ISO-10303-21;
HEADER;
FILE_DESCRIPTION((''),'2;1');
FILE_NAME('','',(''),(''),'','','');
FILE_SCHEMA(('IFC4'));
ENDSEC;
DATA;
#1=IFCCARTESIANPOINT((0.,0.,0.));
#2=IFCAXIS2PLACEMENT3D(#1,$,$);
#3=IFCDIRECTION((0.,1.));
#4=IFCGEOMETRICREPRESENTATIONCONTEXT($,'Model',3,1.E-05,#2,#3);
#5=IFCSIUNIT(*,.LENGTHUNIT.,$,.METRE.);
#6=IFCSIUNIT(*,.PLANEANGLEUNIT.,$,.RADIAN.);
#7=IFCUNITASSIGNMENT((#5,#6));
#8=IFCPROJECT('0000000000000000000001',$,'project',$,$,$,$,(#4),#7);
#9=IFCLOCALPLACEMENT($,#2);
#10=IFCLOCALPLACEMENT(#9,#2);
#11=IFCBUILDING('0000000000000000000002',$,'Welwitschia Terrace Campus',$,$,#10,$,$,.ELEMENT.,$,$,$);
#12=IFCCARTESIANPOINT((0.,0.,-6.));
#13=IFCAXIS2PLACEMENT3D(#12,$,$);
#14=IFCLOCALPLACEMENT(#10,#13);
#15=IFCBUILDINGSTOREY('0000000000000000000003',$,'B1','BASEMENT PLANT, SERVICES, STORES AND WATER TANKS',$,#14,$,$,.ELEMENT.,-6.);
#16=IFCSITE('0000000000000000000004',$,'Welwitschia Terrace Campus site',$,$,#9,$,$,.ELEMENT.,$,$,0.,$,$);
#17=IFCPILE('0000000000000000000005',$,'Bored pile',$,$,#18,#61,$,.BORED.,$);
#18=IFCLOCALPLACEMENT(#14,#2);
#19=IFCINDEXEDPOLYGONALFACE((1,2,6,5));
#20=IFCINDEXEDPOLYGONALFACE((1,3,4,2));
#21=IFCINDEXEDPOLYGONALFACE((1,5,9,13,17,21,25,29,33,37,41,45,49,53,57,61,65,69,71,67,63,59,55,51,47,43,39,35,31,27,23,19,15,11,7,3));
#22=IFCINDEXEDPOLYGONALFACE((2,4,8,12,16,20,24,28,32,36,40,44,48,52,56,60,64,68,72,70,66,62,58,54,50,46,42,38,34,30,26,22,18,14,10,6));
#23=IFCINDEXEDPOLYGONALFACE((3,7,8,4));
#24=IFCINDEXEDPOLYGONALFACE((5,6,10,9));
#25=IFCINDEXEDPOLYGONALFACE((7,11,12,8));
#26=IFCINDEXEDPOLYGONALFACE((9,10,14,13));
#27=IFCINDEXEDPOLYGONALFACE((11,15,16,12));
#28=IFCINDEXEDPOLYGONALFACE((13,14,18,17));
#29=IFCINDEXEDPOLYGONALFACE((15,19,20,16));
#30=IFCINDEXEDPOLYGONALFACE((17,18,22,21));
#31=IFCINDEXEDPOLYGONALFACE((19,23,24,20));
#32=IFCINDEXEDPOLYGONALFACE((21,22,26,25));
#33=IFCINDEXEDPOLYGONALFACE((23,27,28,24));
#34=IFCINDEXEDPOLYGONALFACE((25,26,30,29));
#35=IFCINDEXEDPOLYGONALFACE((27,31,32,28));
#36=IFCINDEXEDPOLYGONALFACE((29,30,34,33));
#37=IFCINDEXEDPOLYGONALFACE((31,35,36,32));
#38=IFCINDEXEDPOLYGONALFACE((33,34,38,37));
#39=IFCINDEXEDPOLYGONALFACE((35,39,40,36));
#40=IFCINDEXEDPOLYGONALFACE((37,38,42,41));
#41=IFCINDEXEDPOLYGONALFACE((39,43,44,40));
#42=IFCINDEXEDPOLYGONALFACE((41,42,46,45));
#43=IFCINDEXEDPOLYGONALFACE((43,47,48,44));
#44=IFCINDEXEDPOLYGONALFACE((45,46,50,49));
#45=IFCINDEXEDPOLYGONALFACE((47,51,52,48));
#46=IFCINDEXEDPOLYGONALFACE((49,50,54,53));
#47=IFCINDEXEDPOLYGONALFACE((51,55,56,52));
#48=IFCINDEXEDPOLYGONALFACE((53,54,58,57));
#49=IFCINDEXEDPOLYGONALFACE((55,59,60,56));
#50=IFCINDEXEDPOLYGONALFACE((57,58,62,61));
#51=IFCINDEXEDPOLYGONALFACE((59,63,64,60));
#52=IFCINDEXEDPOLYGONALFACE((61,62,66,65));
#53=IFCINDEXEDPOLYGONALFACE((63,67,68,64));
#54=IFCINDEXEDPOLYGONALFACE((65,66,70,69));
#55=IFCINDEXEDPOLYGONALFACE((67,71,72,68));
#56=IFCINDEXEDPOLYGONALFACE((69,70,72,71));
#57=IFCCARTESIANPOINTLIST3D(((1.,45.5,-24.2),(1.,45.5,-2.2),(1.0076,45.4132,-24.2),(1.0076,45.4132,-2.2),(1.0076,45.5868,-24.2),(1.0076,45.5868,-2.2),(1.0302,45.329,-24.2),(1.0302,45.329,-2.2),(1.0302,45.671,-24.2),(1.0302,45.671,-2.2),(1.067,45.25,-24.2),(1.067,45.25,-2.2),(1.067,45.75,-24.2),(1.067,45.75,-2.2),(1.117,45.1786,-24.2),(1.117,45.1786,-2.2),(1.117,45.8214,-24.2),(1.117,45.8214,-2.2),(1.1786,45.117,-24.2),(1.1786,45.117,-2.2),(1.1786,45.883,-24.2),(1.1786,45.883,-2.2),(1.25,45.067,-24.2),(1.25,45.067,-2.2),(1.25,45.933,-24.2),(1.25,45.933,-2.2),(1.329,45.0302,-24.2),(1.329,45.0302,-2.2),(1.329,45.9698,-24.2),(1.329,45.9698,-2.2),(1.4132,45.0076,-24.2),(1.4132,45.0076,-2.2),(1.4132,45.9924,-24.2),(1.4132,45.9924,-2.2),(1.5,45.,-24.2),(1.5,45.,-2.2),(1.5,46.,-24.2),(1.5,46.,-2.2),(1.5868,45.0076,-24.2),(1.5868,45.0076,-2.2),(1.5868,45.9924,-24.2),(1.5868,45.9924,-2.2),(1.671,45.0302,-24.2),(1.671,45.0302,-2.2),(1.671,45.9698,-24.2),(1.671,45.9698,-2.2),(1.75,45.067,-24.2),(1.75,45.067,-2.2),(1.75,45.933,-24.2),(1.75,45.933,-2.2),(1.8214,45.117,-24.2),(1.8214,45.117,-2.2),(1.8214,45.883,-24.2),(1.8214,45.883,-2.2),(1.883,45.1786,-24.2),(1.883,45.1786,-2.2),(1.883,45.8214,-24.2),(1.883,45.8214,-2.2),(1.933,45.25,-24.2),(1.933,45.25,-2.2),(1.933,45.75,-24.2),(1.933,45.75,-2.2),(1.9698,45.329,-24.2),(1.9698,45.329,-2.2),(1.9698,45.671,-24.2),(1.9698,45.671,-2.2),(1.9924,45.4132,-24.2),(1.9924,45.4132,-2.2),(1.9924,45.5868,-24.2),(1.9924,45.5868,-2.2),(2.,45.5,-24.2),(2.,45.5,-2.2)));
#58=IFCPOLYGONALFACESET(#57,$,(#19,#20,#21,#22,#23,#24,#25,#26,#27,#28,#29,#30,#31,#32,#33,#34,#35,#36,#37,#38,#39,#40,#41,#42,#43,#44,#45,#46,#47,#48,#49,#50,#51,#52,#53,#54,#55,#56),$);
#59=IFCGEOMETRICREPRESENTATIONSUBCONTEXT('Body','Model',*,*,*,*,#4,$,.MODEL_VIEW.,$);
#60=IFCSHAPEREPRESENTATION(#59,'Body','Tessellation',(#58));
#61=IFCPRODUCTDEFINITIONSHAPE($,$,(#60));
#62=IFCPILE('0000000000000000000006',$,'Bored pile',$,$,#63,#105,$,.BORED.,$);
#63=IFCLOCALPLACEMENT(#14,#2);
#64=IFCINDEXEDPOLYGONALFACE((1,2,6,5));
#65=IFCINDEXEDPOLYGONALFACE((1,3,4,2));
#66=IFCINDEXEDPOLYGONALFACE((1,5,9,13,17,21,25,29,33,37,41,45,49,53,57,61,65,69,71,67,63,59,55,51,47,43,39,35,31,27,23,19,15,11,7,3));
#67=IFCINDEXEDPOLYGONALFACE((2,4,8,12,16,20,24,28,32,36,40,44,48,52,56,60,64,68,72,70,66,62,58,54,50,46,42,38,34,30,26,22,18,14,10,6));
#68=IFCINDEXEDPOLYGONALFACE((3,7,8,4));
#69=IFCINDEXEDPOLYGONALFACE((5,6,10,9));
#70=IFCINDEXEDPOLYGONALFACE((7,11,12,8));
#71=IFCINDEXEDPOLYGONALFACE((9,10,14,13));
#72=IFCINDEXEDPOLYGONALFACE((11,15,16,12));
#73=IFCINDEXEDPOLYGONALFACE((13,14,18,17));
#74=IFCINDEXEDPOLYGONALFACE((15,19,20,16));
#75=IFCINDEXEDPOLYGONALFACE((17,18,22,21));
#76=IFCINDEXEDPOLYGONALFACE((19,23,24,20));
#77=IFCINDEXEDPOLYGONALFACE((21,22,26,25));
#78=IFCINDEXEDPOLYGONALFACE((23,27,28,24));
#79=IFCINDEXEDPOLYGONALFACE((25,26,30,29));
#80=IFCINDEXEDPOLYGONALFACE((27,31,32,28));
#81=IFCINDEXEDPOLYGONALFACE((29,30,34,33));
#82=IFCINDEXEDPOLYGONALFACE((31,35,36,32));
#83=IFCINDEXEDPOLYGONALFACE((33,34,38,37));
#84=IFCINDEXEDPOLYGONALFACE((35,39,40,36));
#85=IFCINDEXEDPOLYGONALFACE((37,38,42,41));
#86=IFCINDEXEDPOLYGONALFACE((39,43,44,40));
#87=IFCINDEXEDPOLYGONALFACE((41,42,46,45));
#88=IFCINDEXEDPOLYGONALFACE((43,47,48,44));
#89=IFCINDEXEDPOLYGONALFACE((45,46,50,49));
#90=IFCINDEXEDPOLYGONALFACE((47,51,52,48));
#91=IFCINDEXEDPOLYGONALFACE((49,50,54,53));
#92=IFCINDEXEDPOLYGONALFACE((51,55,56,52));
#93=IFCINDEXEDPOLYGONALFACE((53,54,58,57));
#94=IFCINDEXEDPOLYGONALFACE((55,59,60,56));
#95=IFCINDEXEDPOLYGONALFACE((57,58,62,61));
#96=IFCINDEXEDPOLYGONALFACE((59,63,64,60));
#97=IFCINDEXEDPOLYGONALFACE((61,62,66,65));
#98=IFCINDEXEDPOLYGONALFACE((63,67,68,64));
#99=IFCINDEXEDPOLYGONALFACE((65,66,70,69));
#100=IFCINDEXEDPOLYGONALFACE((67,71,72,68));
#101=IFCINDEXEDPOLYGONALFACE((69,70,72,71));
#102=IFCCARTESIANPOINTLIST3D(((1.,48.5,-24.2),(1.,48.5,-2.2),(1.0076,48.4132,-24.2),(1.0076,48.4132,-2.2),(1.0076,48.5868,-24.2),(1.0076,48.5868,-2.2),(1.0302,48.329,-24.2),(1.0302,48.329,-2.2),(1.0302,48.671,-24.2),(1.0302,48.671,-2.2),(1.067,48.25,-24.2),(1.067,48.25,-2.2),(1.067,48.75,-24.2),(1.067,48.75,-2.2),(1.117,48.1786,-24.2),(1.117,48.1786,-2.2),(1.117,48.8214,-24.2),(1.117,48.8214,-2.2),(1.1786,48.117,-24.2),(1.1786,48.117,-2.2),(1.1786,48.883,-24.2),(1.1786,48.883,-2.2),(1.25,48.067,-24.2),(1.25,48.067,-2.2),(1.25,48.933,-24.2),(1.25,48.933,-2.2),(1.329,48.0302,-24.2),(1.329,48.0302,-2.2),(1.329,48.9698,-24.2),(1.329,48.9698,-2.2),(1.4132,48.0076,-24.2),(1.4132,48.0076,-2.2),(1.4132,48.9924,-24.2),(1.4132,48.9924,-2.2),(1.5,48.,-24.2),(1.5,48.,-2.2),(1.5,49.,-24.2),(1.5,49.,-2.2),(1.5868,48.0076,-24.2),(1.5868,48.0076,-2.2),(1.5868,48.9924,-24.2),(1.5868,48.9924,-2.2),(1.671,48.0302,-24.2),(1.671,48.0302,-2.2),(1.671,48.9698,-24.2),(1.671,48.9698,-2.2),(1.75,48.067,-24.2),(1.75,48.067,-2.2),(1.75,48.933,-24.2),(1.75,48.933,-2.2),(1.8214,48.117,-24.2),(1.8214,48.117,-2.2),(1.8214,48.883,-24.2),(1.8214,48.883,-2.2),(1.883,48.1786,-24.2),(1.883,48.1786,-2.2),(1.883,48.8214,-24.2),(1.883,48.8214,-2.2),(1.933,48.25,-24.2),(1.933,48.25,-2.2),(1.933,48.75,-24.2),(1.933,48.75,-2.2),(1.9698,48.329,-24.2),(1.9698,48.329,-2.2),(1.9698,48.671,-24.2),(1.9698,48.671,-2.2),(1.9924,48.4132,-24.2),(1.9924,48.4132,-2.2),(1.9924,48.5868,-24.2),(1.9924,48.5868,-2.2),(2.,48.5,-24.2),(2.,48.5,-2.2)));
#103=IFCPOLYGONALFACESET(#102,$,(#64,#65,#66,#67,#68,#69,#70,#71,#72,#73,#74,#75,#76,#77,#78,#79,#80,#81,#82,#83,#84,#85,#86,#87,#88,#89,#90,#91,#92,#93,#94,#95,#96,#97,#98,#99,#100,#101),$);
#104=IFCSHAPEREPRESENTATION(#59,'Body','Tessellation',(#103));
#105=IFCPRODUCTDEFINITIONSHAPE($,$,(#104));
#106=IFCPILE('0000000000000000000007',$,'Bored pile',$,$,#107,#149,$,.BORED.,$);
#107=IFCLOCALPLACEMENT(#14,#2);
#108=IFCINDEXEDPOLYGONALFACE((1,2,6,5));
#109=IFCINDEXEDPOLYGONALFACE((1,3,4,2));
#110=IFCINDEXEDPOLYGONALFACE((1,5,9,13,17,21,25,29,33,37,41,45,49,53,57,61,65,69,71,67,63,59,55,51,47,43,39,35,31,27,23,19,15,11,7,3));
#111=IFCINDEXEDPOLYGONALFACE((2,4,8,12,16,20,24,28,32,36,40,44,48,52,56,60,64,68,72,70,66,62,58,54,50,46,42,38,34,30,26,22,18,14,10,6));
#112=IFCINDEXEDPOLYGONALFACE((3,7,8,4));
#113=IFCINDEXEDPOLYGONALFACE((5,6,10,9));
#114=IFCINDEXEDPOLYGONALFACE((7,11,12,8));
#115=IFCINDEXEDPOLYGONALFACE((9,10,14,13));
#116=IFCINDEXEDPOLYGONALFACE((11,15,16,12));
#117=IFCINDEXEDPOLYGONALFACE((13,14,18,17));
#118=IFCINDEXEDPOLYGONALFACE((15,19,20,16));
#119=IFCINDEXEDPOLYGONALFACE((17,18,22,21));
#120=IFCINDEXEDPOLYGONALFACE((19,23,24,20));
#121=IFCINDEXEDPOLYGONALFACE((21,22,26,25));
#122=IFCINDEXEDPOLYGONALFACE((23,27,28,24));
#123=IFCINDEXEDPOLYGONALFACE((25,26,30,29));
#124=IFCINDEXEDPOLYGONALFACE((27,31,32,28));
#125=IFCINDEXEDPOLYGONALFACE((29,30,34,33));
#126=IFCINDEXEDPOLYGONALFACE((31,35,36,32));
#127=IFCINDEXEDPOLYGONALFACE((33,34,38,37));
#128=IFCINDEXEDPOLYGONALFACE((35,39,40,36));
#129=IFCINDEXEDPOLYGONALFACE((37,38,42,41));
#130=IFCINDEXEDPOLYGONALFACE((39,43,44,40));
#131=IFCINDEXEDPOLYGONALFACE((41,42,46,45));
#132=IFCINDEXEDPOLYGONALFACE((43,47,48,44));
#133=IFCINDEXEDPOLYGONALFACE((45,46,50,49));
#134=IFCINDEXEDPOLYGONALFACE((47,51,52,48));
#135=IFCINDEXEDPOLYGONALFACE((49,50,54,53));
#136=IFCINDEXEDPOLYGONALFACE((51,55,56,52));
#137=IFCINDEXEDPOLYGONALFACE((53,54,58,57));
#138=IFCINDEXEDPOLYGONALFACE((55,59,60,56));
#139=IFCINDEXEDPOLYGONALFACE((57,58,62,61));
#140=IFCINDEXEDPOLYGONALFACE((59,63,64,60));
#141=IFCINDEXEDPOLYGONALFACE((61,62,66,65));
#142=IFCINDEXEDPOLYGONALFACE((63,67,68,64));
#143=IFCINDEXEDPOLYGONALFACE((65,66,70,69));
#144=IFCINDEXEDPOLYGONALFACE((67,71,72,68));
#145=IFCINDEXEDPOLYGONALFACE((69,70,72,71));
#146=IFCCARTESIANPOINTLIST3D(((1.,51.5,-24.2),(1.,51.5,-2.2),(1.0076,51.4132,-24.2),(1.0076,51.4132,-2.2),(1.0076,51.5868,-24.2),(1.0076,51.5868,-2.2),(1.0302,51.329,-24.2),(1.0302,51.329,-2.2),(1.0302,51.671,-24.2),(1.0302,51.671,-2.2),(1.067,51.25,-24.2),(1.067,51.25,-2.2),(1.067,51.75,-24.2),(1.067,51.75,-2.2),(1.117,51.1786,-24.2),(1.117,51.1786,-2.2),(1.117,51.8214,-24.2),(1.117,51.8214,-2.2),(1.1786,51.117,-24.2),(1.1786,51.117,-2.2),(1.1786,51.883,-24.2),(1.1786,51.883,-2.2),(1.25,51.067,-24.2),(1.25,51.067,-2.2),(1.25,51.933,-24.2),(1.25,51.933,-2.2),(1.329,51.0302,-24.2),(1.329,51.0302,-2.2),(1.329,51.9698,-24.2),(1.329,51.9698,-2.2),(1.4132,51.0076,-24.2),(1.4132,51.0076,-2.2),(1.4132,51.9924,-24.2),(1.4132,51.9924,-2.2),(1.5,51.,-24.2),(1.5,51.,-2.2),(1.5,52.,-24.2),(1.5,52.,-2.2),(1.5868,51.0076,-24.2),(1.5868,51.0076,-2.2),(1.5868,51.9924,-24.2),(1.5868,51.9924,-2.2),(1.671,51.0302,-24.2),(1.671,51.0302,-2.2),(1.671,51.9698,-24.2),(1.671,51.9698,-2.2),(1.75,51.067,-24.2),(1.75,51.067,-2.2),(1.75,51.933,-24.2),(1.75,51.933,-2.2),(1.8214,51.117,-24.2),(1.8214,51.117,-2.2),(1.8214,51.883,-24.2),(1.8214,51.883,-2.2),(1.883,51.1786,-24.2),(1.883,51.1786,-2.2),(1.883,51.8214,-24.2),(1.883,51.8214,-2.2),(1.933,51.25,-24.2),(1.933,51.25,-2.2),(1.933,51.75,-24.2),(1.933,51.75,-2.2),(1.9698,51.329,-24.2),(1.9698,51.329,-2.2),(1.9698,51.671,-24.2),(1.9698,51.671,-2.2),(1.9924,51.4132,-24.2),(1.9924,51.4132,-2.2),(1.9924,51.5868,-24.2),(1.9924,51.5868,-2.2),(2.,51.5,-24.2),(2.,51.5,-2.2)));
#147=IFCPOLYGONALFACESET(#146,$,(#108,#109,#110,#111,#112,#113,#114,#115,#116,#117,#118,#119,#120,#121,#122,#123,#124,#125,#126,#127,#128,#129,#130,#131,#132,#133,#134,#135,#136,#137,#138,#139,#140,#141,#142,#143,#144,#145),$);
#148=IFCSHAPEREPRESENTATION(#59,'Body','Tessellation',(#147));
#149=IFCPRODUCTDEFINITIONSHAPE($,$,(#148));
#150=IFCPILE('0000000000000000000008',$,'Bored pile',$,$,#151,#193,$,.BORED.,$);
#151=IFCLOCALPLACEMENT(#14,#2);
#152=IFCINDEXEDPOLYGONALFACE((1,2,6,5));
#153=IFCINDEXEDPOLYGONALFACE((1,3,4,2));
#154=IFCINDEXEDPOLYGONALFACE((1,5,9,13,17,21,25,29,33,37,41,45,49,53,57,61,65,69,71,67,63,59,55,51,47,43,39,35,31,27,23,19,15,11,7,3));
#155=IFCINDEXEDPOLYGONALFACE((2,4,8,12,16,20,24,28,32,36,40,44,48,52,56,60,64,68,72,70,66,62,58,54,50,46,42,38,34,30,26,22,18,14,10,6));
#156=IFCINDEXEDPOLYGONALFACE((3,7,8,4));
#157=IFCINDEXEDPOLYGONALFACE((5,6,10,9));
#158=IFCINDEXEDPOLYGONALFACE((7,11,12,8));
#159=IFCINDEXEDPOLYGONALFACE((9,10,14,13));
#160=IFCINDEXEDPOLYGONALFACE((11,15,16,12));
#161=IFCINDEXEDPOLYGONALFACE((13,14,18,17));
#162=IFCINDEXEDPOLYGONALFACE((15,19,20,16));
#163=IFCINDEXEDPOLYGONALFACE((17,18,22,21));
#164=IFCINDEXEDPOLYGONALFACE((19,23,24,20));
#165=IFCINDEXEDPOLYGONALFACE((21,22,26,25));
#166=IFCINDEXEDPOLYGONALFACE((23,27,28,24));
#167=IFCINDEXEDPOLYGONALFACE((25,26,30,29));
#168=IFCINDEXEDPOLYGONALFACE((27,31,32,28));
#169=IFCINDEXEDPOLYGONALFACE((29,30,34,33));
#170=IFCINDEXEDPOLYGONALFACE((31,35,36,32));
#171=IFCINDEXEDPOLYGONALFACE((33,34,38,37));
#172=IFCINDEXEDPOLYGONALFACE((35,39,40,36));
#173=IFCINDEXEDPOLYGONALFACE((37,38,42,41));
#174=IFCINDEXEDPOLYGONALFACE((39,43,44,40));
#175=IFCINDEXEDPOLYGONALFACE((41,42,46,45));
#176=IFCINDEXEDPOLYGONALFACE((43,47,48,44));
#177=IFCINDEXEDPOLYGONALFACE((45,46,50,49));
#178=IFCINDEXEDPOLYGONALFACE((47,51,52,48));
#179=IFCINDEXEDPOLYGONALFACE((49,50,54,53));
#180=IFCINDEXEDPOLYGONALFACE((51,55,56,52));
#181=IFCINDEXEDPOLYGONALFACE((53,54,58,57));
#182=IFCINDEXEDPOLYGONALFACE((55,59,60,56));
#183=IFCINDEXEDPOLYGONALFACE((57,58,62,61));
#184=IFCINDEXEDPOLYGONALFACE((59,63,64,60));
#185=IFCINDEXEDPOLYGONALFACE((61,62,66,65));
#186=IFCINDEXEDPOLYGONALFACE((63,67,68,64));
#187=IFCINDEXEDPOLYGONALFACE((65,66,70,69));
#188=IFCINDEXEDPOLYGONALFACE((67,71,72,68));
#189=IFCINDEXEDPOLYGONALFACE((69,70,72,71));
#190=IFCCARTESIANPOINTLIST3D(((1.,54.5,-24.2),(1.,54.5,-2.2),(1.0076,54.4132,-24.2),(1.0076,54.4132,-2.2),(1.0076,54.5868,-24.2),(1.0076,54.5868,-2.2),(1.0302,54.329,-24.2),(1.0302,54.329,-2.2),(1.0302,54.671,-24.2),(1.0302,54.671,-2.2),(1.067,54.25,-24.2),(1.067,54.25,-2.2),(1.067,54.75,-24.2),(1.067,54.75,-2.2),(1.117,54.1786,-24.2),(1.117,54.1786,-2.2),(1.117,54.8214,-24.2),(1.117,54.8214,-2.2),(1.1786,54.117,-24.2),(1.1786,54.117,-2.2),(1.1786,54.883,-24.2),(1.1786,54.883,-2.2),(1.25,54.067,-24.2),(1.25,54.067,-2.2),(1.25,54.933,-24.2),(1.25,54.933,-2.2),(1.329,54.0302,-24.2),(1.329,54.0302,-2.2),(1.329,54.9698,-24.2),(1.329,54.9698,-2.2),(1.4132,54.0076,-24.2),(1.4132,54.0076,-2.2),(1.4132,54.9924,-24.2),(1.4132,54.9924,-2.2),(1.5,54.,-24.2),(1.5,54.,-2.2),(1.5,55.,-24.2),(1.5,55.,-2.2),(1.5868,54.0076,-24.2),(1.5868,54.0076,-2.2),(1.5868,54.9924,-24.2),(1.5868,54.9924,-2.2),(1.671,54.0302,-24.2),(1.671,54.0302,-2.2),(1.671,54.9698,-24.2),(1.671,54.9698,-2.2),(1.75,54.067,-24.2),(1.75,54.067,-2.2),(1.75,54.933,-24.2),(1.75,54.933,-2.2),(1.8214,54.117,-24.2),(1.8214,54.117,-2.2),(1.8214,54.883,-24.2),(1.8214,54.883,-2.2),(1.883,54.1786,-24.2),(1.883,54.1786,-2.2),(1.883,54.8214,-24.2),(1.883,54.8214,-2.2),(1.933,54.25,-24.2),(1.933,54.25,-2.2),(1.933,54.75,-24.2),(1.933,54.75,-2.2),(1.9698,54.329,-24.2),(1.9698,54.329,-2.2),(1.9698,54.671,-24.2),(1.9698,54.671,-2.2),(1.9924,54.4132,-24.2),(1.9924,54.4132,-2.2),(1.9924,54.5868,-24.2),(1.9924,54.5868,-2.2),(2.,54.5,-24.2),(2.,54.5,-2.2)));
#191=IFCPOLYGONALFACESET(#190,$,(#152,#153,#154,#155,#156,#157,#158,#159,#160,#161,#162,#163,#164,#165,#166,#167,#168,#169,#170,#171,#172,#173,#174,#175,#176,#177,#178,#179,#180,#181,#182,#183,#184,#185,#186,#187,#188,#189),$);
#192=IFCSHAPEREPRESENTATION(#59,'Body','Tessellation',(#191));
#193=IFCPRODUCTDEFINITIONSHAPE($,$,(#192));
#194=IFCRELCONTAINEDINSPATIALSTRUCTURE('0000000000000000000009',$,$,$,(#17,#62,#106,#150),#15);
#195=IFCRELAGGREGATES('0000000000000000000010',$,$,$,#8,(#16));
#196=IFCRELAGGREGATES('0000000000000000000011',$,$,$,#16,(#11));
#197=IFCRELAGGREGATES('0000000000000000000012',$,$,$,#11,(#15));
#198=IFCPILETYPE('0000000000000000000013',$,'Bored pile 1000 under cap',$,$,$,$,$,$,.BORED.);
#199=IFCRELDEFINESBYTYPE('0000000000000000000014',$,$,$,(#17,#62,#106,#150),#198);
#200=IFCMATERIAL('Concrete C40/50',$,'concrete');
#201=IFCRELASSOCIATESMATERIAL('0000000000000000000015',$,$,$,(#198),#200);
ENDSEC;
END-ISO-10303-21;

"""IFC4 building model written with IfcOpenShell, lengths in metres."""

from ifc_helpers import new_model, si_unit, direction, frame, origin, origin_2d, place, context, subcontext, project, spatial, circle, extrude, material, type_object, element, save


model = new_model("IFC4")

# Units and contexts
model_context = context("Model", 3, precision=1e-05, world=origin(), true_north=direction((0.0, 1.0)))
body_context = subcontext(model_context, "Body", "Model", "MODEL_VIEW")
ifc_project = project(units=[si_unit("LENGTHUNIT", "METRE"), si_unit("PLANEANGLEUNIT", "RADIAN")], contexts=[model_context])

# Site, building, storey
site_placement = place(None, origin())
site = spatial("IfcSite", under=ifc_project, at=site_placement, Name="Welwitschia Terrace Campus site", CompositionType="ELEMENT", RefElevation=0.0)
building_placement = place(site_placement, origin())
building = spatial("IfcBuilding", under=site, at=building_placement, Name="Welwitschia Terrace Campus", CompositionType="ELEMENT")
storey_placement = place(building_placement, frame((0.0, 0.0, -6.0)))
storey = spatial("IfcBuildingStorey", under=building, at=storey_placement, Name="B1", Description="BASEMENT PLANT, SERVICES, STORES AND WATER TANKS", CompositionType="ELEMENT", Elevation=-6.0)

# Piles
ifc_material_1 = material(Name="Concrete C40/50", Category="concrete")
pile_type = type_object("IfcPileType", Name="Bored pile 1000 under cap", PredefinedType="BORED", material=ifc_material_1)
for number, where, z_axis, x_axis, name in (
    (1, (1.5, 45.5, -2.2), (0.0, 0.0, -1.0), (1.0, 0.0, 0.0), "Bored pile"),
    (2, (1.5, 48.5, -2.2), (0.0, 0.0, -1.0), (1.0, 0.0, 0.0), "Bored pile"),
    (3, (1.5, 51.5, -2.2), (0.0, 0.0, -1.0), (1.0, 0.0, 0.0), "Bored pile"),
    (4, (1.5, 54.5, -2.2), (0.0, 0.0, -1.0), (1.0, 0.0, 0.0), "Bored pile"),
):
    element("IfcPile", number, at=place(storey_placement, frame(where, z_axis=z_axis, x_axis=x_axis)), inside=storey, type_object=pile_type, Name=name, PredefinedType="BORED", context=body_context, shape_type="SweptSolid", body=[
        extrude(circle(Radius=0.5, at=origin_2d()), origin(), (0.0, 0.0, 1.0), 22.0),
    ])

save(model, "model.ifc")
